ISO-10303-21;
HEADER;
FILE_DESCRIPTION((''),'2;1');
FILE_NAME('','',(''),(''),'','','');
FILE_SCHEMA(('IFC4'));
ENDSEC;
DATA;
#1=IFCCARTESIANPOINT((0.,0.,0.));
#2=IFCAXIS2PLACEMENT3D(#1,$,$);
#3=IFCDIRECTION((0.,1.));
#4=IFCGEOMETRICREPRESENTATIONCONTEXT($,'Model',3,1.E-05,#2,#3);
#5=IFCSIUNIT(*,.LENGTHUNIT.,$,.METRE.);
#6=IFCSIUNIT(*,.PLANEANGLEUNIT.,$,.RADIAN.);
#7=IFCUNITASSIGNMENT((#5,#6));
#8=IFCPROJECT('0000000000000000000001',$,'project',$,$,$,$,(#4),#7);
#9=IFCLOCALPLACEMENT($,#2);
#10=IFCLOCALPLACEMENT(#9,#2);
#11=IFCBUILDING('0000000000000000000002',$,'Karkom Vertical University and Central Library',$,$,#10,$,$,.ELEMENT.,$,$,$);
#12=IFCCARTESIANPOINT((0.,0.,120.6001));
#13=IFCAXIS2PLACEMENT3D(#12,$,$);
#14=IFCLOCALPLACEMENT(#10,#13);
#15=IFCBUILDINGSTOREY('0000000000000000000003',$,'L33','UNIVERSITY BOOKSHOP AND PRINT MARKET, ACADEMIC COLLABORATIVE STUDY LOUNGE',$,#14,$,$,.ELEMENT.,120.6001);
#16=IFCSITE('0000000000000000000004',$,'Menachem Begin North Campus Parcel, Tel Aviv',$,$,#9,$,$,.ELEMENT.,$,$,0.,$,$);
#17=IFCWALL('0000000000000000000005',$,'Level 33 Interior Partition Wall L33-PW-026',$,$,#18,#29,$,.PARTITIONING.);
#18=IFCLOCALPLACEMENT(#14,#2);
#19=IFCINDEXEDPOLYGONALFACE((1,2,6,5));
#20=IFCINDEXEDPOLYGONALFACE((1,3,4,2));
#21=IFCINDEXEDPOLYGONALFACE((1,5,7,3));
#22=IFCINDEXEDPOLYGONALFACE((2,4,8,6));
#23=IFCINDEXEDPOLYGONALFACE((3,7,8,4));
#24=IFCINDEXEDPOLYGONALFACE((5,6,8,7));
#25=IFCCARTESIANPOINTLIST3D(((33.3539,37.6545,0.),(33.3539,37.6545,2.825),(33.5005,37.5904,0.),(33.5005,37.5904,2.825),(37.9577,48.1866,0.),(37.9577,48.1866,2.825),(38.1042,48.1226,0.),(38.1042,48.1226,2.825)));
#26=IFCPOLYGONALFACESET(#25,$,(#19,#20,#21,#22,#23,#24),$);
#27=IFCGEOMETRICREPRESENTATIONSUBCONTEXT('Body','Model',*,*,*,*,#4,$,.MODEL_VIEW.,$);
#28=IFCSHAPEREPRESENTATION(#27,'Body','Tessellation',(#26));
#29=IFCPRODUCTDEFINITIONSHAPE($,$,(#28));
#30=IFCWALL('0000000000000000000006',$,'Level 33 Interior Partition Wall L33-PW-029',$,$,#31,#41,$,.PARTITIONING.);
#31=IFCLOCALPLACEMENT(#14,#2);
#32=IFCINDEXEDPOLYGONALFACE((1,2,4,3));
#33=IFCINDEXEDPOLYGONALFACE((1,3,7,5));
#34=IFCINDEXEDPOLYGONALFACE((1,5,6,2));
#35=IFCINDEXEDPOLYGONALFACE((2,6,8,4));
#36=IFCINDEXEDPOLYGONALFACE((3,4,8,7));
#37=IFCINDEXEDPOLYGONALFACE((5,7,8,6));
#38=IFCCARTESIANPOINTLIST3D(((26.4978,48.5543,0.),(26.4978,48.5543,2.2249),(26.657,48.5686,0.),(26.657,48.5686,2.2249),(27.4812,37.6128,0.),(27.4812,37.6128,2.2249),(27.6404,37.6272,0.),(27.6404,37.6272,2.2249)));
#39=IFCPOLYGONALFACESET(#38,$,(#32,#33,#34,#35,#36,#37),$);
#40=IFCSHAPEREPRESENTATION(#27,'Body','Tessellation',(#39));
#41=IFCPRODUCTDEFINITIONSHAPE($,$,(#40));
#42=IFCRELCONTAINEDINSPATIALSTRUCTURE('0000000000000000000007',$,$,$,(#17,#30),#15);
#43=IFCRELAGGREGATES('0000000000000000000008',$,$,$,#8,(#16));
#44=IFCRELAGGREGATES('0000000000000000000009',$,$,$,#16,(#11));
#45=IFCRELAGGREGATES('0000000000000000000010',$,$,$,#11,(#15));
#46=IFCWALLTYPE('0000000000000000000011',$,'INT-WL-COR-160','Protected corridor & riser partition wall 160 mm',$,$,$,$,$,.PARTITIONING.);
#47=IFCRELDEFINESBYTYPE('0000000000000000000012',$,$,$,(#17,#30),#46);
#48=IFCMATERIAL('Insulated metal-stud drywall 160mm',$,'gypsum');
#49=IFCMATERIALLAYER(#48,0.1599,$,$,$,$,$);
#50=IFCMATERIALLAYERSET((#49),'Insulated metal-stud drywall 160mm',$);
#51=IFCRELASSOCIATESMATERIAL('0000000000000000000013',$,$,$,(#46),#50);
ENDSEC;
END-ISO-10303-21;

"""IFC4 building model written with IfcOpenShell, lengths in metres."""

from ifc_helpers import new_model, si_unit, direction, frame, frame_2d, origin, place, context, subcontext, project, spatial, rectangle, extrude, material, layer, layer_set, type_object, element, save


model = new_model("IFC4")

# Units and contexts
model_context = context("Model", 3, precision=1e-05, world=origin(), true_north=direction((0.0, 1.0)))
body_context = subcontext(model_context, "Body", "Model", "MODEL_VIEW")
ifc_project = project(units=[si_unit("LENGTHUNIT", "METRE"), si_unit("PLANEANGLEUNIT", "RADIAN")], contexts=[model_context])

# Site, building, storey
site_placement = place(None, origin())
site = spatial("IfcSite", under=ifc_project, at=site_placement, Name="Menachem Begin North Campus Parcel, Tel Aviv", CompositionType="ELEMENT", RefElevation=0.0)
building_placement = place(site_placement, origin())
building = spatial("IfcBuilding", under=site, at=building_placement, Name="Karkom Vertical University and Central Library", CompositionType="ELEMENT")
storey_placement = place(building_placement, frame((0.0, 0.0, 120.6001)))
storey = spatial("IfcBuildingStorey", under=building, at=storey_placement, Name="L33", Description="UNIVERSITY BOOKSHOP AND PRINT MARKET, ACADEMIC COLLABORATIVE STUDY LOUNGE", CompositionType="ELEMENT", Elevation=120.6001)

# Shared definitions
ifc_material_1 = material(Name="Insulated metal-stud drywall 160mm", Category="gypsum")
ifc_layer_1 = layer(ifc_material_1, 0.1599)
ifc_layer_set_1 = layer_set([ifc_layer_1], Name="Insulated metal-stud drywall 160mm")
wall_type_1 = type_object("IfcWallType", Name="INT-WL-COR-160", Description="Protected corridor & riser partition wall 160 mm", PredefinedType="PARTITIONING", material=ifc_layer_set_1)

# Walls
wall_1_placement = place(storey_placement, frame((33.4272, 37.6226, 0.0), z_axis=(0.0, 0.0, 1.0), x_axis=(0.40052, 0.916288, 0.0)))
element("IfcWall", 1, at=wall_1_placement, inside=storey, type_object=wall_type_1, Name="Level 33 Interior Partition Wall L33-PW-026", PredefinedType="PARTITIONING", context=body_context, shape_type="SweptSolid", body=[
    extrude(rectangle(XDim=11.4944, YDim=0.1599, at=frame_2d((5.7471, 0.0))), origin(), (0.0, 0.0, 1.0), 2.825),
])
wall_2_placement = place(storey_placement, frame((27.5608, 37.6201, 0.0), z_axis=(0.0, 0.0, 1.0), x_axis=(-0.089518, 0.995985, 0.0)))
element("IfcWall", 2, at=wall_2_placement, inside=storey, type_object=wall_type_1, Name="Level 33 Interior Partition Wall L33-PW-029", PredefinedType="PARTITIONING", context=body_context, shape_type="SweptSolid", body=[
    extrude(rectangle(XDim=10.9856, YDim=0.1599, at=frame_2d((5.4927, 0.0))), origin(), (0.0, 0.0, 1.0), 2.2249),
])

save(model, "model.ifc")
